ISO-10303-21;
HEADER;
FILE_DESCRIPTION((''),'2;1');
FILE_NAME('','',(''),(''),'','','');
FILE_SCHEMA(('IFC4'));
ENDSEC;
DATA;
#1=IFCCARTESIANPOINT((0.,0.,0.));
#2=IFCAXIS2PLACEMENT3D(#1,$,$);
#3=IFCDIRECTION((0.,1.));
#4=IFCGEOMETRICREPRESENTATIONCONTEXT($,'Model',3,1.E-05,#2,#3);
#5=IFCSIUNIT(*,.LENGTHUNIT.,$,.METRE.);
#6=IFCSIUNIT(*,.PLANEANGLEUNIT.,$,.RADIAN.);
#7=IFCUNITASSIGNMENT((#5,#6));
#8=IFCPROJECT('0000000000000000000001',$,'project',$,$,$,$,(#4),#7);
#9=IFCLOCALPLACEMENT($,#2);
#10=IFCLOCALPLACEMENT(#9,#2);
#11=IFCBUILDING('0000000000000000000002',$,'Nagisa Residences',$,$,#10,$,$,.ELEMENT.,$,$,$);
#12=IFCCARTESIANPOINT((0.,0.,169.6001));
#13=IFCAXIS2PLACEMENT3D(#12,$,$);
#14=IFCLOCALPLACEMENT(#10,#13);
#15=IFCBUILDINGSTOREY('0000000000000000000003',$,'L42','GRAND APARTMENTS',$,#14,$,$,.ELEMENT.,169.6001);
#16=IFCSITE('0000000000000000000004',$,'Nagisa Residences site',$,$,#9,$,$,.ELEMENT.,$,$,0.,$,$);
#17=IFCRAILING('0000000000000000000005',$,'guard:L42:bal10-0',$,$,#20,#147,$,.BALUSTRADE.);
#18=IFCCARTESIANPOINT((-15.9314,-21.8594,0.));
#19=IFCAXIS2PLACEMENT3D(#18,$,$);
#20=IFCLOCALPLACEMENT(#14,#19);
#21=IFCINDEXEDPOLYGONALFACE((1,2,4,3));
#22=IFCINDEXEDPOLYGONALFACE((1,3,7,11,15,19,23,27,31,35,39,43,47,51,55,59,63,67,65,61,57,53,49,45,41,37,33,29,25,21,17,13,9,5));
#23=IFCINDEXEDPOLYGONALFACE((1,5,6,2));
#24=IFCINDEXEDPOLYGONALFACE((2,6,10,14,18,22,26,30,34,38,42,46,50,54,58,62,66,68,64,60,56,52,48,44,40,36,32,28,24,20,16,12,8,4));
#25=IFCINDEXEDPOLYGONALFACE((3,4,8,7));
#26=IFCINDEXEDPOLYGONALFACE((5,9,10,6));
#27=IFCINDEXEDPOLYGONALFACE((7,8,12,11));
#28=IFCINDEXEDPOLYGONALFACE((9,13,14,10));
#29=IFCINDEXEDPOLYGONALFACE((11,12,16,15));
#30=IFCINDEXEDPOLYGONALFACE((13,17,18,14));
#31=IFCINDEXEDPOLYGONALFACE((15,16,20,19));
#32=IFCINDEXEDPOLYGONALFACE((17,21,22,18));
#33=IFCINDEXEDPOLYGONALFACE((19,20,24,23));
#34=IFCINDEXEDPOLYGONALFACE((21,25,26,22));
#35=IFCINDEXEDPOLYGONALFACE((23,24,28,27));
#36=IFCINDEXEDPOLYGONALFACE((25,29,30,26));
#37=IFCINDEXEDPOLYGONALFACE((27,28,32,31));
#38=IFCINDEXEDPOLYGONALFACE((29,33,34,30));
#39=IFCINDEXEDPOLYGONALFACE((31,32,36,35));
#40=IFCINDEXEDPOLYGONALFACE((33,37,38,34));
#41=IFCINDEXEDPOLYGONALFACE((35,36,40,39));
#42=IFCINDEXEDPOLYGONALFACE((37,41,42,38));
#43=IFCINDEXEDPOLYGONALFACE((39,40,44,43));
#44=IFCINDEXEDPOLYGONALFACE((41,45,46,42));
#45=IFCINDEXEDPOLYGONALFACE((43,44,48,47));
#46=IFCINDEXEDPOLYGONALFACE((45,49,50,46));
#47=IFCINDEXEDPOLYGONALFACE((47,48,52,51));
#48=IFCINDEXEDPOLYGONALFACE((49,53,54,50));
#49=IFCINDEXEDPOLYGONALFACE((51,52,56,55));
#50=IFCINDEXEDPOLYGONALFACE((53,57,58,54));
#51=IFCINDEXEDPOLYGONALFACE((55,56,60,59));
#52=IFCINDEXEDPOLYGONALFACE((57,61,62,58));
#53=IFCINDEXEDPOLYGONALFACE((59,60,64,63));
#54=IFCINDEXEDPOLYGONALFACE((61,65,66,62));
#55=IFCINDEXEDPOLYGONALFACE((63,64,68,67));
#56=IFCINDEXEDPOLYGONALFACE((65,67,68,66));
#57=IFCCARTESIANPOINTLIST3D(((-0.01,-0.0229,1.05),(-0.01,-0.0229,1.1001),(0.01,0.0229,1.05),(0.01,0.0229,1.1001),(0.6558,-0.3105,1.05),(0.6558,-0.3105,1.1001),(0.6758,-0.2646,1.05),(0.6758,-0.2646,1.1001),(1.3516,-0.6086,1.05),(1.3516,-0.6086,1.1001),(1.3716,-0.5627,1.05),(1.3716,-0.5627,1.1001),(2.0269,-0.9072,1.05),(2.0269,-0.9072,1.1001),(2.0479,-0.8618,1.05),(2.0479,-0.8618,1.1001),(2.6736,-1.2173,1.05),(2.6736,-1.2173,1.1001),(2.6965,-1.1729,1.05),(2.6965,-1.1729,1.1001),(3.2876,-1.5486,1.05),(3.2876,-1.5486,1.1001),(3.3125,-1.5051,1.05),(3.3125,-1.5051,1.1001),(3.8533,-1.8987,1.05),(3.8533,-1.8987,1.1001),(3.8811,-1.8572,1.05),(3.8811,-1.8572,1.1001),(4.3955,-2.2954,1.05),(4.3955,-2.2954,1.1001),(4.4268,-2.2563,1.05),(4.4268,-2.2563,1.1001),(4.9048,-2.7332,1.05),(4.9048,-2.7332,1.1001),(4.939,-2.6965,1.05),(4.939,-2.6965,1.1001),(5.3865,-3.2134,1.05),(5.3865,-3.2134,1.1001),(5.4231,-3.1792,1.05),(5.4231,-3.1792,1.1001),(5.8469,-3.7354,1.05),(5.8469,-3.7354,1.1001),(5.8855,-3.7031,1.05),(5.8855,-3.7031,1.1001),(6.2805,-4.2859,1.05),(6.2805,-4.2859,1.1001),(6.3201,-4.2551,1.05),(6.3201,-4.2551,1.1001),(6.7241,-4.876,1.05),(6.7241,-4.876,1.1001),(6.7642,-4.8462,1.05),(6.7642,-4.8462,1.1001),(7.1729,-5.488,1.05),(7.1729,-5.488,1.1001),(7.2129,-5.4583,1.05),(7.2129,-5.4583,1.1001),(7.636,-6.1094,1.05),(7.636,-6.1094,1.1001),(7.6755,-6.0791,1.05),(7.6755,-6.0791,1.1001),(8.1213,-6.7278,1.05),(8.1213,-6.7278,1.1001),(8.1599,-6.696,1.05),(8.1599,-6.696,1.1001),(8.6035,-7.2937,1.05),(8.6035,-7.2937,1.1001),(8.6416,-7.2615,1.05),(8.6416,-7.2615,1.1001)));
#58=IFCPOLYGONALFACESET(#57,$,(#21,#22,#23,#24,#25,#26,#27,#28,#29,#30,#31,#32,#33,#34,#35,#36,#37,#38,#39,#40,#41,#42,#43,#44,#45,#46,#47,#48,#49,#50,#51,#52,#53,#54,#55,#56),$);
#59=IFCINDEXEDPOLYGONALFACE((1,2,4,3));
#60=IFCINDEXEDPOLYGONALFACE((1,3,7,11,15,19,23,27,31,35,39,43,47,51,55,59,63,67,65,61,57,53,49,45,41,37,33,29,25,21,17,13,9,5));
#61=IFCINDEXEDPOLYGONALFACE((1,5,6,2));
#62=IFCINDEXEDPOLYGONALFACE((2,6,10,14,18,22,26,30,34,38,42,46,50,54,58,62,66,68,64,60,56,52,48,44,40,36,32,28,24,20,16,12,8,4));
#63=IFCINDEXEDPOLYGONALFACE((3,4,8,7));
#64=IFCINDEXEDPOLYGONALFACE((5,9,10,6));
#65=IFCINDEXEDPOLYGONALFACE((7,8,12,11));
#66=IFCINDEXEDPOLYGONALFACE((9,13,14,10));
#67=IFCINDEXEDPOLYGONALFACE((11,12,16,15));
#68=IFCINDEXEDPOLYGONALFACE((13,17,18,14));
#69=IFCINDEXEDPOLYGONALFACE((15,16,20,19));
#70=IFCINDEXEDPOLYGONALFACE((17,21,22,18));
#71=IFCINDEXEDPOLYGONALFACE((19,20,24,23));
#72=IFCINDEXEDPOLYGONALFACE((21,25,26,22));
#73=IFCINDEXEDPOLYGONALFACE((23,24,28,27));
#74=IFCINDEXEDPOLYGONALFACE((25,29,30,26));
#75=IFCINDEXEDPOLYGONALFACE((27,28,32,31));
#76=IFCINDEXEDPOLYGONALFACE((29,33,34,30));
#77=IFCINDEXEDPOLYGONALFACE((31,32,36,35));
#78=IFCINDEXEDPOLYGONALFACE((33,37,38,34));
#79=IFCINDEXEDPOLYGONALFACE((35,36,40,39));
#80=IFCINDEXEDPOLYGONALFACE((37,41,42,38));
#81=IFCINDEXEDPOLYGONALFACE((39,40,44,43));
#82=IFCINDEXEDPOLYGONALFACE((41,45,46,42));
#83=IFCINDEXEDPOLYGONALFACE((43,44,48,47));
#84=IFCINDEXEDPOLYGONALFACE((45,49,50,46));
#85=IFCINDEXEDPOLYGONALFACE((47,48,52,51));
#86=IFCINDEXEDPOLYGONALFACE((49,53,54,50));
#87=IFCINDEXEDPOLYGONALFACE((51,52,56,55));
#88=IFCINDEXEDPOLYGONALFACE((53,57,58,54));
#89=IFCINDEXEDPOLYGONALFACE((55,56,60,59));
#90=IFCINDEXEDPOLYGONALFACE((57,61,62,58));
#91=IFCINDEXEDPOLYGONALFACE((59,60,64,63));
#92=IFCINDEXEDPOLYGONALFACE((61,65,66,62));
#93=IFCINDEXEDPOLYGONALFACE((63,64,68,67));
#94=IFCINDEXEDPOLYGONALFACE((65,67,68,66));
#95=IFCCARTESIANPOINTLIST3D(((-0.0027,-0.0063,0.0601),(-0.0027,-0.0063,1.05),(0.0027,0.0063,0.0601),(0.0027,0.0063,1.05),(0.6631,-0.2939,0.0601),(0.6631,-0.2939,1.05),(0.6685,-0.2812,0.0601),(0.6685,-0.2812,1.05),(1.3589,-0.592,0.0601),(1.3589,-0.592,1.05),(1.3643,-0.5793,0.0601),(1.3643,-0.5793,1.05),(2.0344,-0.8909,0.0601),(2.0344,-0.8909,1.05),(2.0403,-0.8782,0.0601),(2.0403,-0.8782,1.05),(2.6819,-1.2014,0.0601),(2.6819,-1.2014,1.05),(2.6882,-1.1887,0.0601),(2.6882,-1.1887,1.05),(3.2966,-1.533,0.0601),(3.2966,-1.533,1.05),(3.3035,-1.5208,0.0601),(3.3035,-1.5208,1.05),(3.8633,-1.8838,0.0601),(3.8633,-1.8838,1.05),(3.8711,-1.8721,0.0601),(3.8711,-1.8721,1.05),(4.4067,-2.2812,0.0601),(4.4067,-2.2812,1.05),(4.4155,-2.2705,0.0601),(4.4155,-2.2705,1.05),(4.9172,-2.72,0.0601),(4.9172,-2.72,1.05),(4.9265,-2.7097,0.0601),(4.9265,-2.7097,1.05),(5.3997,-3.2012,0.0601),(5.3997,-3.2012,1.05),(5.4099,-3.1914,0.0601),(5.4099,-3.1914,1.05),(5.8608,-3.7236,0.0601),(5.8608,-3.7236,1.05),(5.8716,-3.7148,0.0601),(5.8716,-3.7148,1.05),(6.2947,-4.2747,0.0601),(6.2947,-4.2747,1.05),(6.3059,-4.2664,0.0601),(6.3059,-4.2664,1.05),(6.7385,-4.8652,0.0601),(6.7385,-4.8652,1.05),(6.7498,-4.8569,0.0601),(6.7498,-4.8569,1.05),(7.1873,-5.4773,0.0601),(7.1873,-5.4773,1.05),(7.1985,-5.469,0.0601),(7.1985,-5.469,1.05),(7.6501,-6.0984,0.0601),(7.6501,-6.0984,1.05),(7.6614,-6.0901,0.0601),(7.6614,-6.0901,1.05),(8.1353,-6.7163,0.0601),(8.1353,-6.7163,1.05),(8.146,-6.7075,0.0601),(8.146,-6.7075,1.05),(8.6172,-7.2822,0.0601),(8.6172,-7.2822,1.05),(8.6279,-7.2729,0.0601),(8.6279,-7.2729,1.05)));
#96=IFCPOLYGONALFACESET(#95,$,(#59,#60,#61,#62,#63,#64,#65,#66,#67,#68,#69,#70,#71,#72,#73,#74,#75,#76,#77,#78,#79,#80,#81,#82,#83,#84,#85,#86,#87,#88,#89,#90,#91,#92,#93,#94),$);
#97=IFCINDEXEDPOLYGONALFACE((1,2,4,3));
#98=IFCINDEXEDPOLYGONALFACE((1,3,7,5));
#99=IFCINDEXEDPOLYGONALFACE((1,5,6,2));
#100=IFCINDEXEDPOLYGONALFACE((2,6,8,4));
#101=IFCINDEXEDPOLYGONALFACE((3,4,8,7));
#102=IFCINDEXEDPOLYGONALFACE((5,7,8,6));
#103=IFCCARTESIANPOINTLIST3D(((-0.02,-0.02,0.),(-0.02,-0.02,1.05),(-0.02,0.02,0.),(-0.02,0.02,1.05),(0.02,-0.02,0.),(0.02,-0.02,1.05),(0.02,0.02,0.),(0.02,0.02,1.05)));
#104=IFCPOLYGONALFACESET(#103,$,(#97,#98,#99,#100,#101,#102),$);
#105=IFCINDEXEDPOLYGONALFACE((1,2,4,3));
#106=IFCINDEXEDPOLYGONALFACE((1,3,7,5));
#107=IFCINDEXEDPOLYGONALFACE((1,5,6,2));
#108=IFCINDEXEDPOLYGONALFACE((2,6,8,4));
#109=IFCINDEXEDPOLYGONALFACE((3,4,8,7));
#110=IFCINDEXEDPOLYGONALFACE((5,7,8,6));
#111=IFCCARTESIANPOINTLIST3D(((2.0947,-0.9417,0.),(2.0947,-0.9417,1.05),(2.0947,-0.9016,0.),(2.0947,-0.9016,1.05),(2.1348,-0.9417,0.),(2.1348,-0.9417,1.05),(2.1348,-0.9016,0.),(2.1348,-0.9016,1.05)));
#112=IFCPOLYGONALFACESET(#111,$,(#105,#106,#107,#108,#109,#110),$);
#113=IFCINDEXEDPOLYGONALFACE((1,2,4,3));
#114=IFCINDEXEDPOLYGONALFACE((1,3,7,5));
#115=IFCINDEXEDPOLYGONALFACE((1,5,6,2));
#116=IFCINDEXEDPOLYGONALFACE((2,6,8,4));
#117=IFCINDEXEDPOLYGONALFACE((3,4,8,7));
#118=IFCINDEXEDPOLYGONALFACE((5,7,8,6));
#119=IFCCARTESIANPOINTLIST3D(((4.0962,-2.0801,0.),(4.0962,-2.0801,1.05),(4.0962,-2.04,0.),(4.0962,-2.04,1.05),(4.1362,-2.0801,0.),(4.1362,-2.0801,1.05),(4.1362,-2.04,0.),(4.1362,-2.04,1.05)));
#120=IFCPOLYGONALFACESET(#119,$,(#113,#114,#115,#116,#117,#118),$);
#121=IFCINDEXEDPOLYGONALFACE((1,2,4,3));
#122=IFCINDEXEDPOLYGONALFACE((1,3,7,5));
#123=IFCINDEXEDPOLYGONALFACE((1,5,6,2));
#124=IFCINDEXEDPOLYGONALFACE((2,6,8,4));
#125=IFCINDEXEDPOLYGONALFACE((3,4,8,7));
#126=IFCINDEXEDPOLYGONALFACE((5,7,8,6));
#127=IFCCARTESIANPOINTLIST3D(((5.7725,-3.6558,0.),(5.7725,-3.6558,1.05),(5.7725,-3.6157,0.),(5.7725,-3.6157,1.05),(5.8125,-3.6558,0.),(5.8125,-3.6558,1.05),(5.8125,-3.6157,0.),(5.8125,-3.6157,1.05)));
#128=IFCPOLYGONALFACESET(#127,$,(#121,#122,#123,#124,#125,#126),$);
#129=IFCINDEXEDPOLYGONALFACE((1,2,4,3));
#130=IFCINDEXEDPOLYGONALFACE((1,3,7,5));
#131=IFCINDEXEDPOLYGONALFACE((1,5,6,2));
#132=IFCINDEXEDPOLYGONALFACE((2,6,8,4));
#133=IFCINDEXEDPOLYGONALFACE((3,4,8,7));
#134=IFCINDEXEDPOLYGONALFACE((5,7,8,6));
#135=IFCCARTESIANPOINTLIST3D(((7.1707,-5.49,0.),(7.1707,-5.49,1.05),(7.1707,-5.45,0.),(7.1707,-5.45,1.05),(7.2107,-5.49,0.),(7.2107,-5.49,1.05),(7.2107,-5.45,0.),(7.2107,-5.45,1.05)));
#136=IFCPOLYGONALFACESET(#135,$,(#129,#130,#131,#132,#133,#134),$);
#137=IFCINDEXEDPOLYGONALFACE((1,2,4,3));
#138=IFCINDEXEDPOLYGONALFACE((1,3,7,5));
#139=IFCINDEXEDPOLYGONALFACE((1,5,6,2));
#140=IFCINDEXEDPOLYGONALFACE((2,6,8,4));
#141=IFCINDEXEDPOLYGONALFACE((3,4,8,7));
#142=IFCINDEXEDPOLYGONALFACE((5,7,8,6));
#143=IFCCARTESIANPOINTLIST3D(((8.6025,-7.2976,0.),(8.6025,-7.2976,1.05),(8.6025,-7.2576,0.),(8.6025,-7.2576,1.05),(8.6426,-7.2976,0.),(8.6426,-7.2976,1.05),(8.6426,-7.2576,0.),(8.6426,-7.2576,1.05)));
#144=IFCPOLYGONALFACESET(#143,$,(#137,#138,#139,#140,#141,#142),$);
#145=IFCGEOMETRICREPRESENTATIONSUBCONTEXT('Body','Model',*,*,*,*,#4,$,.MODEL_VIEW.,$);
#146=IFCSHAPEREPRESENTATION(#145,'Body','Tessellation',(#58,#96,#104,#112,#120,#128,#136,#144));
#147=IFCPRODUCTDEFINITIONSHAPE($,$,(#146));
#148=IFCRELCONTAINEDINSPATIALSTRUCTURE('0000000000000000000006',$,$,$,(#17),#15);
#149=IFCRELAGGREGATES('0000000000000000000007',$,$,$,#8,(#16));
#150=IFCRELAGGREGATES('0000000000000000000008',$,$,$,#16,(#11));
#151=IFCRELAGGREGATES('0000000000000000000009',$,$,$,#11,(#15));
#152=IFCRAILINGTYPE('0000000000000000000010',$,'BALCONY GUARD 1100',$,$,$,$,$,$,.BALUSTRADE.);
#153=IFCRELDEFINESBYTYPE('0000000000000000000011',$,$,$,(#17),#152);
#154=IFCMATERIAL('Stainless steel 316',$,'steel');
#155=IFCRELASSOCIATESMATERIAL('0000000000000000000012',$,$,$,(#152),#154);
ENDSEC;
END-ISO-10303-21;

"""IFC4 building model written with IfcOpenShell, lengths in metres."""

from ifc_helpers import new_model, si_unit, direction, frame, origin, origin_2d, place, context, subcontext, project, spatial, polyline, rectangle, outline, extrude, material, type_object, element, save


model = new_model("IFC4")

# Units and contexts
model_context = context("Model", 3, precision=1e-05, world=origin(), true_north=direction((0.0, 1.0)))
body_context = subcontext(model_context, "Body", "Model", "MODEL_VIEW")
ifc_project = project(units=[si_unit("LENGTHUNIT", "METRE"), si_unit("PLANEANGLEUNIT", "RADIAN")], contexts=[model_context])

# Site, building, storey
site_placement = place(None, origin())
site = spatial("IfcSite", under=ifc_project, at=site_placement, Name="Nagisa Residences site", CompositionType="ELEMENT", RefElevation=0.0)
building_placement = place(site_placement, origin())
building = spatial("IfcBuilding", under=site, at=building_placement, Name="Nagisa Residences", CompositionType="ELEMENT")
storey_placement = place(building_placement, frame((0.0, 0.0, 169.6001)))
storey = spatial("IfcBuildingStorey", under=building, at=storey_placement, Name="L42", Description="GRAND APARTMENTS", CompositionType="ELEMENT", Elevation=169.6001)

# Railing
ifc_material_1 = material(Name="Stainless steel 316", Category="steel")
railing_type = type_object("IfcRailingType", Name="BALCONY GUARD 1100", PredefinedType="BALUSTRADE", material=ifc_material_1)
railing_1_placement = place(storey_placement, frame((-15.9314, -21.8594, 0.0)))
element("IfcRailing", 1, at=railing_1_placement, inside=storey, type_object=railing_type, Name="guard:L42:bal10-0", PredefinedType="BALUSTRADE", context=body_context, shape_type="SweptSolid", body=[
    extrude(outline(polyline([(0.6758, -0.2646), (0.01, 0.0229), (-0.01, -0.0229), (0.6558, -0.3105), (1.3516, -0.6086), (2.0269, -0.9072), (2.6736, -1.2173), (3.2876, -1.5486), (3.8533, -1.8987), (4.3955, -2.2954), (4.9048, -2.7332), (5.3865, -3.2134), (5.8469, -3.7354), (6.2805, -4.2859), (6.7241, -4.876), (7.1729, -5.488), (7.636, -6.1094), (8.1213, -6.7278), (8.6035, -7.2937), (8.6416, -7.2615), (8.1599, -6.696), (7.6755, -6.0791), (7.2129, -5.4583), (6.7642, -4.8462), (6.3201, -4.2551), (5.8855, -3.7031), (5.4231, -3.1792), (4.939, -2.6965), (4.4268, -2.2563), (3.8811, -1.8572), (3.3125, -1.5051), (2.6965, -1.1729), (2.0479, -0.8618), (1.3716, -0.5627), (0.6758, -0.2646)])), frame((0.0, 0.0, 1.05)), (0.0, 0.0, 1.0), 0.05),
    extrude(outline(polyline([(0.6685, -0.2812), (0.0027, 0.0063), (-0.0027, -0.0063), (0.6631, -0.2939), (1.3589, -0.592), (2.0344, -0.8909), (2.6819, -1.2014), (3.2966, -1.533), (3.8633, -1.8838), (4.4067, -2.2812), (4.9172, -2.72), (5.3997, -3.2012), (5.8608, -3.7236), (6.2947, -4.2747), (6.7385, -4.8652), (7.1873, -5.4773), (7.6501, -6.0984), (8.1353, -6.7163), (8.6172, -7.2822), (8.6279, -7.2729), (8.146, -6.7075), (7.6614, -6.0901), (7.1985, -5.469), (6.7498, -4.8569), (6.3059, -4.2664), (5.8716, -3.7148), (5.4099, -3.1914), (4.9265, -2.7097), (4.4155, -2.2705), (3.8711, -1.8721), (3.3035, -1.5208), (2.6882, -1.1887), (2.0403, -0.8782), (1.3643, -0.5793), (0.6685, -0.2812)])), frame((0.0, 0.0, 0.0601)), (0.0, 0.0, 1.0), 0.99),
    extrude(rectangle(XDim=0.04, YDim=0.04, at=origin_2d()), origin(), (0.0, 0.0, 1.0), 1.05),
    extrude(rectangle(XDim=0.04, YDim=0.04, at=origin_2d()), frame((2.1147, -0.9216, 0.0)), (0.0, 0.0, 1.0), 1.05),
    extrude(rectangle(XDim=0.04, YDim=0.04, at=origin_2d()), frame((4.1162, -2.0601, 0.0)), (0.0, 0.0, 1.0), 1.05),
    extrude(rectangle(XDim=0.04, YDim=0.04, at=origin_2d()), frame((5.7925, -3.6357, 0.0)), (0.0, 0.0, 1.0), 1.05),
    extrude(rectangle(XDim=0.04, YDim=0.04, at=origin_2d()), frame((7.1907, -5.47, 0.0)), (0.0, 0.0, 1.0), 1.05),
    extrude(rectangle(XDim=0.04, YDim=0.04, at=origin_2d()), frame((8.6226, -7.2776, 0.0)), (0.0, 0.0, 1.0), 1.05),
])

save(model, "model.ifc")
